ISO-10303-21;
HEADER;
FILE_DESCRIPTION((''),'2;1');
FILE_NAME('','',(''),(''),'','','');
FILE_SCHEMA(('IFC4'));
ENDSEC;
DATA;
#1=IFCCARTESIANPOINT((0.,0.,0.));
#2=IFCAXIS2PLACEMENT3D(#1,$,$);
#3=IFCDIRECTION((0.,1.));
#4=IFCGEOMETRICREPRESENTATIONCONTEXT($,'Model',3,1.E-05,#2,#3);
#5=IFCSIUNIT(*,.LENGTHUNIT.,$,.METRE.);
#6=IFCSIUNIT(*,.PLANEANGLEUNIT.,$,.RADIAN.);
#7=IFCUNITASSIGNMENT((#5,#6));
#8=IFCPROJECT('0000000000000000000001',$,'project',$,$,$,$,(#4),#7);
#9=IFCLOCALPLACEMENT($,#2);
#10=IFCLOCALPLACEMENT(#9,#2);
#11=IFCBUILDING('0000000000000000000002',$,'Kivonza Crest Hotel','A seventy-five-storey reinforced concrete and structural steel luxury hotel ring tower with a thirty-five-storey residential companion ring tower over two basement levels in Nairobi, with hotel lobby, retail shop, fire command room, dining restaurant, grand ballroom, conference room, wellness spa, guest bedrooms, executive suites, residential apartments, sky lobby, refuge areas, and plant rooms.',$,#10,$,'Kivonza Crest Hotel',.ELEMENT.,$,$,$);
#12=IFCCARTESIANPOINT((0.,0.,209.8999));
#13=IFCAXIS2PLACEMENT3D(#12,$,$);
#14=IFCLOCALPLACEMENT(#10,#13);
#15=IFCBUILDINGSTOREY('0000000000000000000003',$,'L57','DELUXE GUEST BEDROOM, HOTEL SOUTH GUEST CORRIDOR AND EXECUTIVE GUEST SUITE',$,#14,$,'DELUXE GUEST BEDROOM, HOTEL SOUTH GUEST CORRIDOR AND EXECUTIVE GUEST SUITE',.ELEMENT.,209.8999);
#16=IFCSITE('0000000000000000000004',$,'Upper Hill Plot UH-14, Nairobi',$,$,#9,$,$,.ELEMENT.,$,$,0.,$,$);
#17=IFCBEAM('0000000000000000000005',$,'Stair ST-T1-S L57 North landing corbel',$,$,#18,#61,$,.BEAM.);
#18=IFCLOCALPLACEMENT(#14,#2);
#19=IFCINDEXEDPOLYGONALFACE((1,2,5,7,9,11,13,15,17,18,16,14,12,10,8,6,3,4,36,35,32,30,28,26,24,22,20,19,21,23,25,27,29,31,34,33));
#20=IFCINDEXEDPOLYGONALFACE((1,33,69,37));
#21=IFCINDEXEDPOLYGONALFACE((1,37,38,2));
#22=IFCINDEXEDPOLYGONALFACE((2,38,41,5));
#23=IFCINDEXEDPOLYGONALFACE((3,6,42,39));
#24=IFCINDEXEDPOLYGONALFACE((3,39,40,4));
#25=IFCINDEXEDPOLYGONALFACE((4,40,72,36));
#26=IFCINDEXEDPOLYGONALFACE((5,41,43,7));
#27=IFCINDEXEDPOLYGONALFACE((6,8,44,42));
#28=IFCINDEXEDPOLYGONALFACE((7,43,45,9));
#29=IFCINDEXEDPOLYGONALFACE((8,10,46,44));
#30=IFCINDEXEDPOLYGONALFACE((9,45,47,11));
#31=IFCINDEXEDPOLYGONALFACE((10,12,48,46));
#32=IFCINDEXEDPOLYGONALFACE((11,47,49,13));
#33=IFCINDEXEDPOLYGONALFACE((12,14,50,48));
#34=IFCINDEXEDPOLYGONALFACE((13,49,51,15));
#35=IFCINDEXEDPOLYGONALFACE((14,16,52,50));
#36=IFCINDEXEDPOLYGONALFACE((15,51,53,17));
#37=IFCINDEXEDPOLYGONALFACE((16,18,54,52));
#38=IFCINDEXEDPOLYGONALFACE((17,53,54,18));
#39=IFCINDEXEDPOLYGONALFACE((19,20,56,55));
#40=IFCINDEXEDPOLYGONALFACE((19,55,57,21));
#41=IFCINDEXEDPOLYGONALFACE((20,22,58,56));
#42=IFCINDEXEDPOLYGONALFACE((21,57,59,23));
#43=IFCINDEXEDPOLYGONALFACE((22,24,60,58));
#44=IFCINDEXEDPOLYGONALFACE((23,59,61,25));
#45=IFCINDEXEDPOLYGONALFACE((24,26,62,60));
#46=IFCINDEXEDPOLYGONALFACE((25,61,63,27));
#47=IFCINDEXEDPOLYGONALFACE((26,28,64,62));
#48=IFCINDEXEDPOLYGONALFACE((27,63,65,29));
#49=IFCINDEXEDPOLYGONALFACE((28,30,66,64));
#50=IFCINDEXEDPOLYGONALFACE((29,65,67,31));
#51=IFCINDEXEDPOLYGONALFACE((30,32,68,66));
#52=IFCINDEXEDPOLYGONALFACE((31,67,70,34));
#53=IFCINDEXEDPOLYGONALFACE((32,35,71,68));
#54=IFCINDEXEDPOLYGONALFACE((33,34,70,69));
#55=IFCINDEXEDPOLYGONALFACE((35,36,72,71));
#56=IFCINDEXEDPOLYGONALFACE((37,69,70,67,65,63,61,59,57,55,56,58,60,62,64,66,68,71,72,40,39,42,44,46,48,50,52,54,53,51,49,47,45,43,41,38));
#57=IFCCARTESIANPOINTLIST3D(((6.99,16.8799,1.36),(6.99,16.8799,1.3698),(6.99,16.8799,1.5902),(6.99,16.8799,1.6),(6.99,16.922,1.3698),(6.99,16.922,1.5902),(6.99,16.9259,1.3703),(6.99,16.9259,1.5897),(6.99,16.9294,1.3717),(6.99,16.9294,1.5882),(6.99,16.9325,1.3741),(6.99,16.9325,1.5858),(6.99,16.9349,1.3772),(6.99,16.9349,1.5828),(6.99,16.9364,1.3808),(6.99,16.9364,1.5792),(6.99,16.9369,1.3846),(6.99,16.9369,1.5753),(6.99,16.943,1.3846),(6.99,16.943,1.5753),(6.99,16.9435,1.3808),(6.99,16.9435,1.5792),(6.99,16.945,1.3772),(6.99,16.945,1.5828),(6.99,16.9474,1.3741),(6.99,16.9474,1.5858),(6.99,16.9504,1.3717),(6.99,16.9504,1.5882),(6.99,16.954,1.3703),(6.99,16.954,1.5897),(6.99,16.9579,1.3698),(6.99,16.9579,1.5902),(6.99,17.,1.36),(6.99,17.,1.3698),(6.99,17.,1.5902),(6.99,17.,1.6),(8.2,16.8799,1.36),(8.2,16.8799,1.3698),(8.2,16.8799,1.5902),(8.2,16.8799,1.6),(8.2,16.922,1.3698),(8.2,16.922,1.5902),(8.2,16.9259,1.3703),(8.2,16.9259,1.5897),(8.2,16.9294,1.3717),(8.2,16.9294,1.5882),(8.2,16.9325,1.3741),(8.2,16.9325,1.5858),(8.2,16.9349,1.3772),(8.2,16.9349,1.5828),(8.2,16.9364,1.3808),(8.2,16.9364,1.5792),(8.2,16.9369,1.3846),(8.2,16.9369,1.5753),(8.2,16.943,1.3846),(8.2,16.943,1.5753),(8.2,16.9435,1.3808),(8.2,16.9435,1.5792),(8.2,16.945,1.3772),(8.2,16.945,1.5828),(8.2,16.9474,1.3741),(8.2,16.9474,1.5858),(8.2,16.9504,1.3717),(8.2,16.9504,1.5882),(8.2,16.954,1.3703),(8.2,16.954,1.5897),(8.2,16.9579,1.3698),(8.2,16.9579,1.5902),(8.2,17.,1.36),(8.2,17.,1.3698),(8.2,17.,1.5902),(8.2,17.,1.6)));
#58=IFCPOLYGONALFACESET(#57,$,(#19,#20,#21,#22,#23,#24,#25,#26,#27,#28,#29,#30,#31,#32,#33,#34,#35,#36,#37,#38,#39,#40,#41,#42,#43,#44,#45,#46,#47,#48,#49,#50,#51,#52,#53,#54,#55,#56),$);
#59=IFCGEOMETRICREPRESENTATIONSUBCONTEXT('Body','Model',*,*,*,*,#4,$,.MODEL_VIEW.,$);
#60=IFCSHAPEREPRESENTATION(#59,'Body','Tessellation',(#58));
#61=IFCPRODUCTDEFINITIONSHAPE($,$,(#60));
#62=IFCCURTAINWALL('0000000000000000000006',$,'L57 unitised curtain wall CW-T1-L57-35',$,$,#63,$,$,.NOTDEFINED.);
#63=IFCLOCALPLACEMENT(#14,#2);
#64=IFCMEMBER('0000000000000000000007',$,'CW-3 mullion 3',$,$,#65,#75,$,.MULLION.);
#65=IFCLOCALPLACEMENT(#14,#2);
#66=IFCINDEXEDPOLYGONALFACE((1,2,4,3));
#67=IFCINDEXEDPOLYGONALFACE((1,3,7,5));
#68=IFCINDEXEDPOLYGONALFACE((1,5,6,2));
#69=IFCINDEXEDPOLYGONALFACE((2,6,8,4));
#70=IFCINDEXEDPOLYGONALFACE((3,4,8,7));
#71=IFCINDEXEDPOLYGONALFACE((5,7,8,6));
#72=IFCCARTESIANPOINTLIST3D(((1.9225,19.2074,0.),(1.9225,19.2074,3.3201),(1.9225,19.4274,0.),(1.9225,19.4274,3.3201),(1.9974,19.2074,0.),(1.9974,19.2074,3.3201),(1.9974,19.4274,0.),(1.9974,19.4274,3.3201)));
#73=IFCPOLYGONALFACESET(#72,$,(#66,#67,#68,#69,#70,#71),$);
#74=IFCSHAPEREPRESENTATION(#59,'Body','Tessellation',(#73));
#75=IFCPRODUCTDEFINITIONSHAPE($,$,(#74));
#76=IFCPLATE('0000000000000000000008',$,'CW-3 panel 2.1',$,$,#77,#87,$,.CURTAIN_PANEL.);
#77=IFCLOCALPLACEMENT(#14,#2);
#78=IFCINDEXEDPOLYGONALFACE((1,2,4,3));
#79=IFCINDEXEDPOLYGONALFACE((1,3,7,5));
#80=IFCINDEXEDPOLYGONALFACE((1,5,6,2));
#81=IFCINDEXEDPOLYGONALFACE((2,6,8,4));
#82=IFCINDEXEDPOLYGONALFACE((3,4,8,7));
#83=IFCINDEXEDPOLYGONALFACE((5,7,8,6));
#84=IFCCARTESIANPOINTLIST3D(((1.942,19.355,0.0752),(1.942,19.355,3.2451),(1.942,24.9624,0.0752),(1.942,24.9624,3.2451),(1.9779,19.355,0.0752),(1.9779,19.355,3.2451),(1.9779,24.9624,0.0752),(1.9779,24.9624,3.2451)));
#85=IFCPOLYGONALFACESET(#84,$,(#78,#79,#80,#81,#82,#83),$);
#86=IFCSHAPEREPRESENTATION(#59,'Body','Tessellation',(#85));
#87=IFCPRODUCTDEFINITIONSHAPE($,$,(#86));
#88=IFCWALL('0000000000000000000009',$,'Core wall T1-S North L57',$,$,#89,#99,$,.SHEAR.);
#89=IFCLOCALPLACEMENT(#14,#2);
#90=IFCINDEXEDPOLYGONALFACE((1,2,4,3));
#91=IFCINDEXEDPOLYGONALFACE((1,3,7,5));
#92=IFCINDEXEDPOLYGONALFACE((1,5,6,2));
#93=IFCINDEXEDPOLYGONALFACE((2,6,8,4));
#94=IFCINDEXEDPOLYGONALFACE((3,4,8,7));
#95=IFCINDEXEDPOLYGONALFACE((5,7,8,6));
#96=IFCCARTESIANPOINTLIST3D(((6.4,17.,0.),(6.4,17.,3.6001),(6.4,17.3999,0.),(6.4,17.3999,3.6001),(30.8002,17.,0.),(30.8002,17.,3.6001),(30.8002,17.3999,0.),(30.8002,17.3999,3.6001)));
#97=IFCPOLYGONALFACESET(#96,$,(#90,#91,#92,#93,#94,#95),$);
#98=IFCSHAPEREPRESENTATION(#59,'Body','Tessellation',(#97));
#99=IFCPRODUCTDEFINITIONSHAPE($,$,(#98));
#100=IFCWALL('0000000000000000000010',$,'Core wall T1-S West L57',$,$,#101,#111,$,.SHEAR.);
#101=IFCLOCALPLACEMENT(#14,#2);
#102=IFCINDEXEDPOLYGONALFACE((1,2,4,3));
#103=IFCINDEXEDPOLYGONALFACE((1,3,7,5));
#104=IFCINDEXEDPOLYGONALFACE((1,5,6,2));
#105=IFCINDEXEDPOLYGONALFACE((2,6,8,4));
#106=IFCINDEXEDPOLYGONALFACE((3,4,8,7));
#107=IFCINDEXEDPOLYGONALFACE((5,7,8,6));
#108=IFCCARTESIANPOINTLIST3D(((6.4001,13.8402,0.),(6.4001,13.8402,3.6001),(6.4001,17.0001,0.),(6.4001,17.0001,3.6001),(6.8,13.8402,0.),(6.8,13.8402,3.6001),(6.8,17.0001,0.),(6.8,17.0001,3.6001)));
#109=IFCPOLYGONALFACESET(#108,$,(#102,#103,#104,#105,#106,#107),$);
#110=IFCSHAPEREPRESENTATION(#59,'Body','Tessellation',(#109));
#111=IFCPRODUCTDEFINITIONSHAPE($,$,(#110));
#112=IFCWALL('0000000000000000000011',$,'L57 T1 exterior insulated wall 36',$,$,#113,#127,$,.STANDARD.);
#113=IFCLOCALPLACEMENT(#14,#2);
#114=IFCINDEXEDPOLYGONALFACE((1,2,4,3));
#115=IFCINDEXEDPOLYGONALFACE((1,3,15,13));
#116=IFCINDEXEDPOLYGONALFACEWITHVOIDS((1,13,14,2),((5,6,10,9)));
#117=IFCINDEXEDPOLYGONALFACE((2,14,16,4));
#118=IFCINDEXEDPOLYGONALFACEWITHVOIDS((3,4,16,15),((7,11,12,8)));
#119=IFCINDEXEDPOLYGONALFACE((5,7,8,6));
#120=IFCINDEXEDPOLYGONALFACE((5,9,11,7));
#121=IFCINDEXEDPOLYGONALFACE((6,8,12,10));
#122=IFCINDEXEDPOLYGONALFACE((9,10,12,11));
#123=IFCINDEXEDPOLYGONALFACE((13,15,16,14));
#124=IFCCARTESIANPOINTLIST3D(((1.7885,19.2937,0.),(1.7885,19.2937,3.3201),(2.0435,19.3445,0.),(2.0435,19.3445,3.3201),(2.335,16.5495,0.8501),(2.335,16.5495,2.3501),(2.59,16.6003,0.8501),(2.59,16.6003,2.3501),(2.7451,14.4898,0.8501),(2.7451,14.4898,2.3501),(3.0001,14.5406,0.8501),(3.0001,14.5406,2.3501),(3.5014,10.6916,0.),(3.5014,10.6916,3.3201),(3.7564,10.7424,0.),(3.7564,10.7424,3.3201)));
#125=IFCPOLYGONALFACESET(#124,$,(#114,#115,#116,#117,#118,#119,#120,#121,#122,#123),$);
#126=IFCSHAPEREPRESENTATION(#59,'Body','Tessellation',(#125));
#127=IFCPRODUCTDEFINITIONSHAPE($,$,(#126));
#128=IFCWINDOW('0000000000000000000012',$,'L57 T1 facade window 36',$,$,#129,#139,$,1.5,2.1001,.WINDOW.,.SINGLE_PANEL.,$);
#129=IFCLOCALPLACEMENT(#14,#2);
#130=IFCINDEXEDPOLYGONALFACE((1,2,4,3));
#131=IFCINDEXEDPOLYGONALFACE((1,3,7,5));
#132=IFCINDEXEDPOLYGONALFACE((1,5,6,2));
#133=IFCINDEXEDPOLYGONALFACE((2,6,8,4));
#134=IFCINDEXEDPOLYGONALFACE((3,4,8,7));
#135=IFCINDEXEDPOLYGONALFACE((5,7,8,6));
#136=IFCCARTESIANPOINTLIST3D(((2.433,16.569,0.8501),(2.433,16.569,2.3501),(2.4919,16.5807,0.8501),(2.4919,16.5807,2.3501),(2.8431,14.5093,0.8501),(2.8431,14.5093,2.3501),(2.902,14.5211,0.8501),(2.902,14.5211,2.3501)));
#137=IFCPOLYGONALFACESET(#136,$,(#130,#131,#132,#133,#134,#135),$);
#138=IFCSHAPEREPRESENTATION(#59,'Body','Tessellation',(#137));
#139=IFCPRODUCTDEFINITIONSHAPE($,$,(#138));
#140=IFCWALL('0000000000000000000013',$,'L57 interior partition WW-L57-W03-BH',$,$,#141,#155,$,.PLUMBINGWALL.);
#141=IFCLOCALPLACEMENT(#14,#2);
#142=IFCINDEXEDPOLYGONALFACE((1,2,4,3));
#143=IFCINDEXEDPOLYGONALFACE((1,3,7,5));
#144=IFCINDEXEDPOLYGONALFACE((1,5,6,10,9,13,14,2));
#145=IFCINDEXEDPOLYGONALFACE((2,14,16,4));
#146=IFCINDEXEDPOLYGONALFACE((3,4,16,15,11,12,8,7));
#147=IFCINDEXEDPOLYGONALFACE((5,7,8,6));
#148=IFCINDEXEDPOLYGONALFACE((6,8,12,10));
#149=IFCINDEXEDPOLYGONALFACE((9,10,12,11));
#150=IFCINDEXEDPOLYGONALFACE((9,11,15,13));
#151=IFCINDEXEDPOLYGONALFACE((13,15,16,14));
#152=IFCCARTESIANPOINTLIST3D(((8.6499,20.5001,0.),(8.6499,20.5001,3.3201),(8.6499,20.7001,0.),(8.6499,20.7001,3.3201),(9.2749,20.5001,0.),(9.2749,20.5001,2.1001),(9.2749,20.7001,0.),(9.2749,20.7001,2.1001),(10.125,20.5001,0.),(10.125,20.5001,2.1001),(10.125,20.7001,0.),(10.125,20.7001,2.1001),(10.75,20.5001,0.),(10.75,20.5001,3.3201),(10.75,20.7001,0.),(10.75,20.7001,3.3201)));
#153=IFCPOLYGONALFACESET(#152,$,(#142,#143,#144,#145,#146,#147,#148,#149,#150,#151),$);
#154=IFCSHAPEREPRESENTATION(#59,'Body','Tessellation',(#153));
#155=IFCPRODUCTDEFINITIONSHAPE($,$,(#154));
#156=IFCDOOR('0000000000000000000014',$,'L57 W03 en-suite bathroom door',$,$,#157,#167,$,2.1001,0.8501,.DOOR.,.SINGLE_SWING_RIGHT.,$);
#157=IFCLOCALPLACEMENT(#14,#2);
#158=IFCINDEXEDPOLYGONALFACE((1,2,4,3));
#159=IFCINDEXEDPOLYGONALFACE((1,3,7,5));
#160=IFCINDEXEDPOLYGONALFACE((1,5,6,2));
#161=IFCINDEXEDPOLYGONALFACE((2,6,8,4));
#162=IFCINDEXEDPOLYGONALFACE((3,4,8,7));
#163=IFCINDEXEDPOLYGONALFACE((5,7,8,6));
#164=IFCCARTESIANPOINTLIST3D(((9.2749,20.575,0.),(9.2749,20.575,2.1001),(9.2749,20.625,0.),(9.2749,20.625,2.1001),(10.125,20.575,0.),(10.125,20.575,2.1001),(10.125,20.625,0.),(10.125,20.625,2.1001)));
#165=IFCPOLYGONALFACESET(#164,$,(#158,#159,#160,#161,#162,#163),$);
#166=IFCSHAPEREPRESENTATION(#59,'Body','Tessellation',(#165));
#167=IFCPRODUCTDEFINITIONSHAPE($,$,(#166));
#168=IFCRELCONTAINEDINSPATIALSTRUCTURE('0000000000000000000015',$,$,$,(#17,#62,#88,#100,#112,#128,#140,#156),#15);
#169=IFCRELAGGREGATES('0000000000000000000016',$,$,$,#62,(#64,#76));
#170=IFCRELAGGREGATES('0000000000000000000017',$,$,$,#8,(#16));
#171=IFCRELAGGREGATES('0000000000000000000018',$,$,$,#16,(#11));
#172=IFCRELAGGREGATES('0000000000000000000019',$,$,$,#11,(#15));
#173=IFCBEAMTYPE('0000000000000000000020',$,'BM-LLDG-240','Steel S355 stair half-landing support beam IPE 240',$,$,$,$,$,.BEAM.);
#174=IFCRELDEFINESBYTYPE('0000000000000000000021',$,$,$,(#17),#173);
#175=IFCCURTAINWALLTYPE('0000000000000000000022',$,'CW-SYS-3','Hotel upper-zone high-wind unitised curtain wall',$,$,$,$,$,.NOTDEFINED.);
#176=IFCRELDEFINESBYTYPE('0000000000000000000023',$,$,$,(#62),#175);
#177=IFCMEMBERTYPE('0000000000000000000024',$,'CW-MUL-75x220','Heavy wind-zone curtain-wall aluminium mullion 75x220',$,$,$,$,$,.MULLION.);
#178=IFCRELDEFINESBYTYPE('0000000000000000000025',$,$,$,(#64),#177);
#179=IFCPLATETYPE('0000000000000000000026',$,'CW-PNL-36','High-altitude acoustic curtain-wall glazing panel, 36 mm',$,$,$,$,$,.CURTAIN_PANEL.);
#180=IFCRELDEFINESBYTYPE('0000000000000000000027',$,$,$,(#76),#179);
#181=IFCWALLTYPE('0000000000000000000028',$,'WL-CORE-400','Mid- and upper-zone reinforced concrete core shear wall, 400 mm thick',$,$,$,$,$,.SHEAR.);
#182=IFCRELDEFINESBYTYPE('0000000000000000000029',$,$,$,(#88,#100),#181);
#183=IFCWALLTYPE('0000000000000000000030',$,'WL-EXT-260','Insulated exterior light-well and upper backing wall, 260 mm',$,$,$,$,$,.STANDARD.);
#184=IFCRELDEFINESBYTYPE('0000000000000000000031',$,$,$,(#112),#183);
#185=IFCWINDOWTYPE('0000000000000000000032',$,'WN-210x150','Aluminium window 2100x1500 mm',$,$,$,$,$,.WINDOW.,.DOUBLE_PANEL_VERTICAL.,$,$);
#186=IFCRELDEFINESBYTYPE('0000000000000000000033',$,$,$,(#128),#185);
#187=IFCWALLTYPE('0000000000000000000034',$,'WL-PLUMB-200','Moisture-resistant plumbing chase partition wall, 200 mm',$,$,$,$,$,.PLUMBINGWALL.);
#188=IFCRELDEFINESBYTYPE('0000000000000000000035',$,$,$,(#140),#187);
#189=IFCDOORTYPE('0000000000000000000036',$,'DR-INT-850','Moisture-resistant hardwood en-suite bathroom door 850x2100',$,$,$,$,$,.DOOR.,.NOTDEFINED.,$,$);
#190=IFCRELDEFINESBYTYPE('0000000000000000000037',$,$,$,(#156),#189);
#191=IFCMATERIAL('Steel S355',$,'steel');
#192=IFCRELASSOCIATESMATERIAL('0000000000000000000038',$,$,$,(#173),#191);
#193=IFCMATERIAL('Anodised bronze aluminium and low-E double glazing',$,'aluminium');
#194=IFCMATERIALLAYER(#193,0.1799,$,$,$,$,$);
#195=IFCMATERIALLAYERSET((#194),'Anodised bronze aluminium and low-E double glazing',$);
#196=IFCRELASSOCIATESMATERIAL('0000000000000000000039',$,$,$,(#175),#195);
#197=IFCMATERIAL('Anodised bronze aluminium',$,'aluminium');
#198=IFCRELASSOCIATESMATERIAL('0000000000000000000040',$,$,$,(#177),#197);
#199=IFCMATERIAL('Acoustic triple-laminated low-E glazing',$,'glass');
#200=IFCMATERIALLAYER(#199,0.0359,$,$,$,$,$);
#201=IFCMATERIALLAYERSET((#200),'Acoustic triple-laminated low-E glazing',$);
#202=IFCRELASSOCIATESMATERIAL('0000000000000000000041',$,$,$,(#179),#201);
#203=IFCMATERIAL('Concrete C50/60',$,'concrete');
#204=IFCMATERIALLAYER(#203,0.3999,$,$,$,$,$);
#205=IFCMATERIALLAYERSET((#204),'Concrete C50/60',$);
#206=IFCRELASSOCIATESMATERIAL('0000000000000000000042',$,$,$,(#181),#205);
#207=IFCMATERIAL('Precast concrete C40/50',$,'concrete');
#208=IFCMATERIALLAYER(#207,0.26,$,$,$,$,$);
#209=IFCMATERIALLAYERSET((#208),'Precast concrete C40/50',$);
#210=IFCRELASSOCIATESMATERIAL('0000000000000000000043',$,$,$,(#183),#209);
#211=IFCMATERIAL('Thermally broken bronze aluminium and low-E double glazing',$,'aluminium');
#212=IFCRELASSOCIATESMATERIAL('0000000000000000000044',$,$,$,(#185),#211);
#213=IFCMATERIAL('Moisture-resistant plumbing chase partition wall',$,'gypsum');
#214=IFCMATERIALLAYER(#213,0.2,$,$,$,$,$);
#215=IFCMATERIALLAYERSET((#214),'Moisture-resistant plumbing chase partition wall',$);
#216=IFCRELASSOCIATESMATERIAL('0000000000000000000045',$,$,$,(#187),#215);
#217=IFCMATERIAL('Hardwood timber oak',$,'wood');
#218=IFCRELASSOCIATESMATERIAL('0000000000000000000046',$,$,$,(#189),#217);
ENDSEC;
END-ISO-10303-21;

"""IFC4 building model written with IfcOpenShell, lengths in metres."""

from ifc_helpers import new_model, si_unit, direction, frame, frame_2d, origin, origin_2d, place, context, subcontext, project, spatial, rectangle, i_section, extrude, material, layer, layer_set, material_profile, profile_set, type_object, element, fill, aggregate, save


model = new_model("IFC4")

# Units and contexts
model_context = context("Model", 3, precision=1e-05, world=origin(), true_north=direction((0.0, 1.0)))
body_context = subcontext(model_context, "Body", "Model", "MODEL_VIEW")
ifc_project = project(units=[si_unit("LENGTHUNIT", "METRE"), si_unit("PLANEANGLEUNIT", "RADIAN")], contexts=[model_context])

# Site, building, storey
site_placement = place(None, origin())
site = spatial("IfcSite", under=ifc_project, at=site_placement, Name="Upper Hill Plot UH-14, Nairobi", CompositionType="ELEMENT", RefElevation=0.0)
building_placement = place(site_placement, origin())
building = spatial("IfcBuilding", under=site, at=building_placement, Name="Kivonza Crest Hotel", Description="A seventy-five-storey reinforced concrete and structural steel luxury hotel ring tower with a thirty-five-storey residential companion ring tower over two basement levels in Nairobi, with hotel lobby, retail shop, fire command room, dining restaurant, grand ballroom, conference room, wellness spa, guest bedrooms, executive suites, residential apartments, sky lobby, refuge areas, and plant rooms.", LongName="Kivonza Crest Hotel", CompositionType="ELEMENT")
storey_placement = place(building_placement, frame((0.0, 0.0, 209.8999)))
storey = spatial("IfcBuildingStorey", under=building, at=storey_placement, Name="L57", Description="DELUXE GUEST BEDROOM, HOTEL SOUTH GUEST CORRIDOR AND EXECUTIVE GUEST SUITE", LongName="DELUXE GUEST BEDROOM, HOTEL SOUTH GUEST CORRIDOR AND EXECUTIVE GUEST SUITE", CompositionType="ELEMENT", Elevation=209.8999)

# Shared definitions
ifc_material_1 = material(Name="Concrete C50/60", Category="concrete")

# Beam
ifc_material_2 = material(Name="Steel S355", Category="steel")
ifc_material_profile_1 = material_profile(ifc_material_2, i_section(OverallWidth=0.1201, OverallDepth=0.24, WebThickness=0.0061, FlangeThickness=0.0098, FilletRadius=0.0149, at=origin_2d()), Name="IPE 240")
ifc_profile_set_1 = profile_set([ifc_material_profile_1], Name="Steel S355")
beam_type_1 = type_object("IfcBeamType", Name="BM-LLDG-240", Description="Steel S355 stair half-landing support beam IPE 240", PredefinedType="BEAM", material=ifc_profile_set_1)
for number, where, z_axis, x_axis, name in (
    (1, (6.99, 16.9399, 1.48), (1.0, 0.0, 0.0), (0.0, 1.0, 0.0), "Stair ST-T1-S L57 North landing corbel"),
):
    element("IfcBeam", number, at=place(storey_placement, frame(where, z_axis=z_axis, x_axis=x_axis)), inside=storey, type_object=beam_type_1, Name=name, PredefinedType="BEAM", context=body_context, shape_type="SweptSolid", body=[
        extrude(i_section(OverallWidth=0.1201, OverallDepth=0.24, WebThickness=0.0061, FlangeThickness=0.0098, FilletRadius=0.0149, at=origin_2d()), origin(), (0.0, 0.0, 1.0), 1.21),
    ])

# Curtain wall, member, plate
ifc_material_3 = material(Name="Anodised bronze aluminium and low-E double glazing", Category="aluminium")
ifc_layer_1 = layer(ifc_material_3, 0.1799)
ifc_layer_set_1 = layer_set([ifc_layer_1], Name="Anodised bronze aluminium and low-E double glazing")
curtain_wall_type = type_object("IfcCurtainWallType", Name="CW-SYS-3", Description="Hotel upper-zone high-wind unitised curtain wall", PredefinedType="NOTDEFINED", material=ifc_layer_set_1)
curtain_wall_placement = place(storey_placement, origin())
curtain_wall = element("IfcCurtainWall", 2, at=curtain_wall_placement, inside=storey, type_object=curtain_wall_type, Name="L57 unitised curtain wall CW-T1-L57-35", PredefinedType="NOTDEFINED")
ifc_material_4 = material(Name="Anodised bronze aluminium", Category="aluminium")
ifc_material_profile_2 = material_profile(ifc_material_4, rectangle(XDim=0.075, YDim=0.22, at=origin_2d()), Name="CW-M 75x220")
ifc_profile_set_2 = profile_set([ifc_material_profile_2], Name="Anodised bronze aluminium")
member_type = type_object("IfcMemberType", Name="CW-MUL-75x220", Description="Heavy wind-zone curtain-wall aluminium mullion 75x220", PredefinedType="MULLION", material=ifc_profile_set_2)
member_placement = place(storey_placement, frame((1.96, 19.3174, 0.0), z_axis=(0.0, 0.0, 1.0), x_axis=(1.0, 0.0, 0.0)))
member = element("IfcMember", 3, at=member_placement, type_object=member_type, Name="CW-3 mullion 3", PredefinedType="MULLION", context=body_context, shape_type="SweptSolid", body=[
    extrude(rectangle(XDim=0.075, YDim=0.22, at=origin_2d()), origin(), (0.0, 0.0, 1.0), 3.3201),
])
ifc_material_5 = material(Name="Acoustic triple-laminated low-E glazing", Category="glass")
ifc_layer_2 = layer(ifc_material_5, 0.0359)
ifc_layer_set_2 = layer_set([ifc_layer_2], Name="Acoustic triple-laminated low-E glazing")
plate_type = type_object("IfcPlateType", Name="CW-PNL-36", Description="High-altitude acoustic curtain-wall glazing panel, 36 mm", PredefinedType="CURTAIN_PANEL", material=ifc_layer_set_2)
plate_placement = place(storey_placement, frame((1.96, 22.1587, 0.0752), z_axis=(0.0, 0.0, 1.0), x_axis=(0.0, -1.0, 0.0)))
plate = element("IfcPlate", 4, at=plate_placement, type_object=plate_type, Name="CW-3 panel 2.1", PredefinedType="CURTAIN_PANEL", context=body_context, shape_type="SweptSolid", body=[
    extrude(rectangle(XDim=5.6074, YDim=0.0359, at=origin_2d()), origin(), (0.0, 0.0, 1.0), 3.1699),
])
aggregate(curtain_wall, [member, plate])

# Shared definitions
ifc_layer_3 = layer(ifc_material_1, 0.3999)
ifc_layer_set_3 = layer_set([ifc_layer_3], Name="Concrete C50/60")
wall_type_1 = type_object("IfcWallType", Name="WL-CORE-400", Description="Mid- and upper-zone reinforced concrete core shear wall, 400 mm thick", PredefinedType="SHEAR", material=ifc_layer_set_3)
ifc_material_6 = material(Name="Hardwood timber oak", Category="wood")

# Walls
wall_1_placement = place(storey_placement, frame((6.3999, 17.2, 0.0), z_axis=(0.0, 0.0, 1.0), x_axis=(1.0, 0.0, 0.0)))
element("IfcWall", 5, at=wall_1_placement, inside=storey, type_object=wall_type_1, Name="Core wall T1-S North L57", PredefinedType="SHEAR", context=body_context, shape_type="SweptSolid", body=[
    extrude(rectangle(XDim=24.4001, YDim=0.3999, at=frame_2d((12.2002, 0.0))), origin(), (0.0, 0.0, 1.0), 3.6001),
])
wall_2_placement = place(storey_placement, frame((6.6001, 13.8401, 0.0), z_axis=(0.0, 0.0, 1.0), x_axis=(0.0, 1.0, 0.0)))
element("IfcWall", 6, at=wall_2_placement, inside=storey, type_object=wall_type_1, Name="Core wall T1-S West L57", PredefinedType="SHEAR", context=body_context, shape_type="SweptSolid", body=[
    extrude(rectangle(XDim=3.1599, YDim=0.3999, at=frame_2d((1.5801, 0.0))), origin(), (0.0, 0.0, 1.0), 3.6001),
])

# Wall, opening, window
ifc_material_7 = material(Name="Precast concrete C40/50", Category="concrete")
ifc_layer_4 = layer(ifc_material_7, 0.26)
ifc_layer_set_4 = layer_set([ifc_layer_4], Name="Precast concrete C40/50")
wall_type_2 = type_object("IfcWallType", Name="WL-EXT-260", Description="Insulated exterior light-well and upper backing wall, 260 mm", PredefinedType="STANDARD", material=ifc_layer_set_4)
wall_3_placement = place(storey_placement, frame((1.916, 19.3191, 0.0), z_axis=(0.0, 0.0, 1.0), x_axis=(0.195292, -0.980745, 0.0)))
wall_3 = element("IfcWall", 7, at=wall_3_placement, inside=storey, type_object=wall_type_2, Name="L57 T1 exterior insulated wall 36", PredefinedType="STANDARD", context=body_context, shape_type="SweptSolid", body=[
    extrude(rectangle(XDim=8.771, YDim=0.26, at=frame_2d((4.3855, 0.0))), origin(), (0.0, 0.0, 1.0), 3.3201),
])
opening_1_placement = place(wall_3_placement, frame((2.7981, 0.0, 0.8501)))
opening_1 = element("IfcOpeningElement", 8, at=opening_1_placement, cuts=wall_3, PredefinedType="OPENING", context=body_context, shape_type="SweptSolid", body=[
    extrude(rectangle(XDim=2.1001, YDim=1.5, at=frame_2d((1.05, 0.75))), frame((0.0, 0.1401, 0.0), z_axis=(0.0, -1.0, 0.0), x_axis=(1.0, 0.0, 0.0)), (0.0, 0.0, 1.0), 0.28),
])
ifc_material_8 = material(Name="Thermally broken bronze aluminium and low-E double glazing", Category="aluminium")
window_type = type_object("IfcWindowType", Name="WN-210x150", Description="Aluminium window 2100x1500 mm", PartitioningType="DOUBLE_PANEL_VERTICAL", PredefinedType="WINDOW", material=ifc_material_8)
window_placement = place(opening_1_placement, origin())
window = element("IfcWindow", 9, at=window_placement, inside=storey, type_object=window_type, Name="L57 T1 facade window 36", OverallHeight=1.5, OverallWidth=2.1001, PartitioningType="SINGLE_PANEL", PredefinedType="WINDOW", context=body_context, shape_type="SweptSolid", body=[
    extrude(rectangle(XDim=2.1001, YDim=1.5, at=frame_2d((1.05, 0.75))), frame((0.0, 0.03, 0.0), z_axis=(0.0, -1.0, 0.0), x_axis=(1.0, 0.0, 0.0)), (0.0, 0.0, 1.0), 0.0601),
])
fill(opening_1, window)

# Wall, opening, door
ifc_material_9 = material(Name="Moisture-resistant plumbing chase partition wall", Category="gypsum")
ifc_layer_5 = layer(ifc_material_9, 0.2)
ifc_layer_set_5 = layer_set([ifc_layer_5], Name="Moisture-resistant plumbing chase partition wall")
wall_type_3 = type_object("IfcWallType", Name="WL-PLUMB-200", Description="Moisture-resistant plumbing chase partition wall, 200 mm", PredefinedType="PLUMBINGWALL", material=ifc_layer_set_5)
wall_4_placement = place(storey_placement, frame((8.6499, 20.6001, 0.0), z_axis=(0.0, 0.0, 1.0), x_axis=(1.0, 0.0, 0.0)))
wall_4 = element("IfcWall", 10, at=wall_4_placement, inside=storey, type_object=wall_type_3, Name="L57 interior partition WW-L57-W03-BH", PredefinedType="PLUMBINGWALL", context=body_context, shape_type="SweptSolid", body=[
    extrude(rectangle(XDim=2.1001, YDim=0.2, at=frame_2d((1.05, 0.0))), origin(), (0.0, 0.0, 1.0), 3.3201),
])
opening_2_placement = place(wall_4_placement, frame((0.625, 0.0, 0.0)))
opening_2 = element("IfcOpeningElement", 11, at=opening_2_placement, cuts=wall_4, PredefinedType="OPENING", context=body_context, shape_type="SweptSolid", body=[
    extrude(rectangle(XDim=0.8501, YDim=2.1001, at=frame_2d((0.425, 1.05))), frame((0.0, 0.1099, 0.0), z_axis=(0.0, -1.0, 0.0), x_axis=(1.0, 0.0, 0.0)), (0.0, 0.0, 1.0), 0.22),
])
door_type_1 = type_object("IfcDoorType", Name="DR-INT-850", Description="Moisture-resistant hardwood en-suite bathroom door 850x2100", OperationType="NOTDEFINED", PredefinedType="DOOR", material=ifc_material_6)
door_1_placement = place(opening_2_placement, origin())
door_1 = element("IfcDoor", 12, at=door_1_placement, inside=storey, type_object=door_type_1, Name="L57 W03 en-suite bathroom door", OperationType="SINGLE_SWING_RIGHT", OverallHeight=2.1001, OverallWidth=0.8501, PredefinedType="DOOR", context=body_context, shape_type="SweptSolid", body=[
    extrude(rectangle(XDim=0.8501, YDim=2.1001, at=frame_2d((0.425, 1.05))), frame((0.0, 0.0249, 0.0), z_axis=(0.0, -1.0, 0.0), x_axis=(1.0, 0.0, 0.0)), (0.0, 0.0, 1.0), 0.05),
])
fill(opening_2, door_1)

save(model, "model.ifc")
